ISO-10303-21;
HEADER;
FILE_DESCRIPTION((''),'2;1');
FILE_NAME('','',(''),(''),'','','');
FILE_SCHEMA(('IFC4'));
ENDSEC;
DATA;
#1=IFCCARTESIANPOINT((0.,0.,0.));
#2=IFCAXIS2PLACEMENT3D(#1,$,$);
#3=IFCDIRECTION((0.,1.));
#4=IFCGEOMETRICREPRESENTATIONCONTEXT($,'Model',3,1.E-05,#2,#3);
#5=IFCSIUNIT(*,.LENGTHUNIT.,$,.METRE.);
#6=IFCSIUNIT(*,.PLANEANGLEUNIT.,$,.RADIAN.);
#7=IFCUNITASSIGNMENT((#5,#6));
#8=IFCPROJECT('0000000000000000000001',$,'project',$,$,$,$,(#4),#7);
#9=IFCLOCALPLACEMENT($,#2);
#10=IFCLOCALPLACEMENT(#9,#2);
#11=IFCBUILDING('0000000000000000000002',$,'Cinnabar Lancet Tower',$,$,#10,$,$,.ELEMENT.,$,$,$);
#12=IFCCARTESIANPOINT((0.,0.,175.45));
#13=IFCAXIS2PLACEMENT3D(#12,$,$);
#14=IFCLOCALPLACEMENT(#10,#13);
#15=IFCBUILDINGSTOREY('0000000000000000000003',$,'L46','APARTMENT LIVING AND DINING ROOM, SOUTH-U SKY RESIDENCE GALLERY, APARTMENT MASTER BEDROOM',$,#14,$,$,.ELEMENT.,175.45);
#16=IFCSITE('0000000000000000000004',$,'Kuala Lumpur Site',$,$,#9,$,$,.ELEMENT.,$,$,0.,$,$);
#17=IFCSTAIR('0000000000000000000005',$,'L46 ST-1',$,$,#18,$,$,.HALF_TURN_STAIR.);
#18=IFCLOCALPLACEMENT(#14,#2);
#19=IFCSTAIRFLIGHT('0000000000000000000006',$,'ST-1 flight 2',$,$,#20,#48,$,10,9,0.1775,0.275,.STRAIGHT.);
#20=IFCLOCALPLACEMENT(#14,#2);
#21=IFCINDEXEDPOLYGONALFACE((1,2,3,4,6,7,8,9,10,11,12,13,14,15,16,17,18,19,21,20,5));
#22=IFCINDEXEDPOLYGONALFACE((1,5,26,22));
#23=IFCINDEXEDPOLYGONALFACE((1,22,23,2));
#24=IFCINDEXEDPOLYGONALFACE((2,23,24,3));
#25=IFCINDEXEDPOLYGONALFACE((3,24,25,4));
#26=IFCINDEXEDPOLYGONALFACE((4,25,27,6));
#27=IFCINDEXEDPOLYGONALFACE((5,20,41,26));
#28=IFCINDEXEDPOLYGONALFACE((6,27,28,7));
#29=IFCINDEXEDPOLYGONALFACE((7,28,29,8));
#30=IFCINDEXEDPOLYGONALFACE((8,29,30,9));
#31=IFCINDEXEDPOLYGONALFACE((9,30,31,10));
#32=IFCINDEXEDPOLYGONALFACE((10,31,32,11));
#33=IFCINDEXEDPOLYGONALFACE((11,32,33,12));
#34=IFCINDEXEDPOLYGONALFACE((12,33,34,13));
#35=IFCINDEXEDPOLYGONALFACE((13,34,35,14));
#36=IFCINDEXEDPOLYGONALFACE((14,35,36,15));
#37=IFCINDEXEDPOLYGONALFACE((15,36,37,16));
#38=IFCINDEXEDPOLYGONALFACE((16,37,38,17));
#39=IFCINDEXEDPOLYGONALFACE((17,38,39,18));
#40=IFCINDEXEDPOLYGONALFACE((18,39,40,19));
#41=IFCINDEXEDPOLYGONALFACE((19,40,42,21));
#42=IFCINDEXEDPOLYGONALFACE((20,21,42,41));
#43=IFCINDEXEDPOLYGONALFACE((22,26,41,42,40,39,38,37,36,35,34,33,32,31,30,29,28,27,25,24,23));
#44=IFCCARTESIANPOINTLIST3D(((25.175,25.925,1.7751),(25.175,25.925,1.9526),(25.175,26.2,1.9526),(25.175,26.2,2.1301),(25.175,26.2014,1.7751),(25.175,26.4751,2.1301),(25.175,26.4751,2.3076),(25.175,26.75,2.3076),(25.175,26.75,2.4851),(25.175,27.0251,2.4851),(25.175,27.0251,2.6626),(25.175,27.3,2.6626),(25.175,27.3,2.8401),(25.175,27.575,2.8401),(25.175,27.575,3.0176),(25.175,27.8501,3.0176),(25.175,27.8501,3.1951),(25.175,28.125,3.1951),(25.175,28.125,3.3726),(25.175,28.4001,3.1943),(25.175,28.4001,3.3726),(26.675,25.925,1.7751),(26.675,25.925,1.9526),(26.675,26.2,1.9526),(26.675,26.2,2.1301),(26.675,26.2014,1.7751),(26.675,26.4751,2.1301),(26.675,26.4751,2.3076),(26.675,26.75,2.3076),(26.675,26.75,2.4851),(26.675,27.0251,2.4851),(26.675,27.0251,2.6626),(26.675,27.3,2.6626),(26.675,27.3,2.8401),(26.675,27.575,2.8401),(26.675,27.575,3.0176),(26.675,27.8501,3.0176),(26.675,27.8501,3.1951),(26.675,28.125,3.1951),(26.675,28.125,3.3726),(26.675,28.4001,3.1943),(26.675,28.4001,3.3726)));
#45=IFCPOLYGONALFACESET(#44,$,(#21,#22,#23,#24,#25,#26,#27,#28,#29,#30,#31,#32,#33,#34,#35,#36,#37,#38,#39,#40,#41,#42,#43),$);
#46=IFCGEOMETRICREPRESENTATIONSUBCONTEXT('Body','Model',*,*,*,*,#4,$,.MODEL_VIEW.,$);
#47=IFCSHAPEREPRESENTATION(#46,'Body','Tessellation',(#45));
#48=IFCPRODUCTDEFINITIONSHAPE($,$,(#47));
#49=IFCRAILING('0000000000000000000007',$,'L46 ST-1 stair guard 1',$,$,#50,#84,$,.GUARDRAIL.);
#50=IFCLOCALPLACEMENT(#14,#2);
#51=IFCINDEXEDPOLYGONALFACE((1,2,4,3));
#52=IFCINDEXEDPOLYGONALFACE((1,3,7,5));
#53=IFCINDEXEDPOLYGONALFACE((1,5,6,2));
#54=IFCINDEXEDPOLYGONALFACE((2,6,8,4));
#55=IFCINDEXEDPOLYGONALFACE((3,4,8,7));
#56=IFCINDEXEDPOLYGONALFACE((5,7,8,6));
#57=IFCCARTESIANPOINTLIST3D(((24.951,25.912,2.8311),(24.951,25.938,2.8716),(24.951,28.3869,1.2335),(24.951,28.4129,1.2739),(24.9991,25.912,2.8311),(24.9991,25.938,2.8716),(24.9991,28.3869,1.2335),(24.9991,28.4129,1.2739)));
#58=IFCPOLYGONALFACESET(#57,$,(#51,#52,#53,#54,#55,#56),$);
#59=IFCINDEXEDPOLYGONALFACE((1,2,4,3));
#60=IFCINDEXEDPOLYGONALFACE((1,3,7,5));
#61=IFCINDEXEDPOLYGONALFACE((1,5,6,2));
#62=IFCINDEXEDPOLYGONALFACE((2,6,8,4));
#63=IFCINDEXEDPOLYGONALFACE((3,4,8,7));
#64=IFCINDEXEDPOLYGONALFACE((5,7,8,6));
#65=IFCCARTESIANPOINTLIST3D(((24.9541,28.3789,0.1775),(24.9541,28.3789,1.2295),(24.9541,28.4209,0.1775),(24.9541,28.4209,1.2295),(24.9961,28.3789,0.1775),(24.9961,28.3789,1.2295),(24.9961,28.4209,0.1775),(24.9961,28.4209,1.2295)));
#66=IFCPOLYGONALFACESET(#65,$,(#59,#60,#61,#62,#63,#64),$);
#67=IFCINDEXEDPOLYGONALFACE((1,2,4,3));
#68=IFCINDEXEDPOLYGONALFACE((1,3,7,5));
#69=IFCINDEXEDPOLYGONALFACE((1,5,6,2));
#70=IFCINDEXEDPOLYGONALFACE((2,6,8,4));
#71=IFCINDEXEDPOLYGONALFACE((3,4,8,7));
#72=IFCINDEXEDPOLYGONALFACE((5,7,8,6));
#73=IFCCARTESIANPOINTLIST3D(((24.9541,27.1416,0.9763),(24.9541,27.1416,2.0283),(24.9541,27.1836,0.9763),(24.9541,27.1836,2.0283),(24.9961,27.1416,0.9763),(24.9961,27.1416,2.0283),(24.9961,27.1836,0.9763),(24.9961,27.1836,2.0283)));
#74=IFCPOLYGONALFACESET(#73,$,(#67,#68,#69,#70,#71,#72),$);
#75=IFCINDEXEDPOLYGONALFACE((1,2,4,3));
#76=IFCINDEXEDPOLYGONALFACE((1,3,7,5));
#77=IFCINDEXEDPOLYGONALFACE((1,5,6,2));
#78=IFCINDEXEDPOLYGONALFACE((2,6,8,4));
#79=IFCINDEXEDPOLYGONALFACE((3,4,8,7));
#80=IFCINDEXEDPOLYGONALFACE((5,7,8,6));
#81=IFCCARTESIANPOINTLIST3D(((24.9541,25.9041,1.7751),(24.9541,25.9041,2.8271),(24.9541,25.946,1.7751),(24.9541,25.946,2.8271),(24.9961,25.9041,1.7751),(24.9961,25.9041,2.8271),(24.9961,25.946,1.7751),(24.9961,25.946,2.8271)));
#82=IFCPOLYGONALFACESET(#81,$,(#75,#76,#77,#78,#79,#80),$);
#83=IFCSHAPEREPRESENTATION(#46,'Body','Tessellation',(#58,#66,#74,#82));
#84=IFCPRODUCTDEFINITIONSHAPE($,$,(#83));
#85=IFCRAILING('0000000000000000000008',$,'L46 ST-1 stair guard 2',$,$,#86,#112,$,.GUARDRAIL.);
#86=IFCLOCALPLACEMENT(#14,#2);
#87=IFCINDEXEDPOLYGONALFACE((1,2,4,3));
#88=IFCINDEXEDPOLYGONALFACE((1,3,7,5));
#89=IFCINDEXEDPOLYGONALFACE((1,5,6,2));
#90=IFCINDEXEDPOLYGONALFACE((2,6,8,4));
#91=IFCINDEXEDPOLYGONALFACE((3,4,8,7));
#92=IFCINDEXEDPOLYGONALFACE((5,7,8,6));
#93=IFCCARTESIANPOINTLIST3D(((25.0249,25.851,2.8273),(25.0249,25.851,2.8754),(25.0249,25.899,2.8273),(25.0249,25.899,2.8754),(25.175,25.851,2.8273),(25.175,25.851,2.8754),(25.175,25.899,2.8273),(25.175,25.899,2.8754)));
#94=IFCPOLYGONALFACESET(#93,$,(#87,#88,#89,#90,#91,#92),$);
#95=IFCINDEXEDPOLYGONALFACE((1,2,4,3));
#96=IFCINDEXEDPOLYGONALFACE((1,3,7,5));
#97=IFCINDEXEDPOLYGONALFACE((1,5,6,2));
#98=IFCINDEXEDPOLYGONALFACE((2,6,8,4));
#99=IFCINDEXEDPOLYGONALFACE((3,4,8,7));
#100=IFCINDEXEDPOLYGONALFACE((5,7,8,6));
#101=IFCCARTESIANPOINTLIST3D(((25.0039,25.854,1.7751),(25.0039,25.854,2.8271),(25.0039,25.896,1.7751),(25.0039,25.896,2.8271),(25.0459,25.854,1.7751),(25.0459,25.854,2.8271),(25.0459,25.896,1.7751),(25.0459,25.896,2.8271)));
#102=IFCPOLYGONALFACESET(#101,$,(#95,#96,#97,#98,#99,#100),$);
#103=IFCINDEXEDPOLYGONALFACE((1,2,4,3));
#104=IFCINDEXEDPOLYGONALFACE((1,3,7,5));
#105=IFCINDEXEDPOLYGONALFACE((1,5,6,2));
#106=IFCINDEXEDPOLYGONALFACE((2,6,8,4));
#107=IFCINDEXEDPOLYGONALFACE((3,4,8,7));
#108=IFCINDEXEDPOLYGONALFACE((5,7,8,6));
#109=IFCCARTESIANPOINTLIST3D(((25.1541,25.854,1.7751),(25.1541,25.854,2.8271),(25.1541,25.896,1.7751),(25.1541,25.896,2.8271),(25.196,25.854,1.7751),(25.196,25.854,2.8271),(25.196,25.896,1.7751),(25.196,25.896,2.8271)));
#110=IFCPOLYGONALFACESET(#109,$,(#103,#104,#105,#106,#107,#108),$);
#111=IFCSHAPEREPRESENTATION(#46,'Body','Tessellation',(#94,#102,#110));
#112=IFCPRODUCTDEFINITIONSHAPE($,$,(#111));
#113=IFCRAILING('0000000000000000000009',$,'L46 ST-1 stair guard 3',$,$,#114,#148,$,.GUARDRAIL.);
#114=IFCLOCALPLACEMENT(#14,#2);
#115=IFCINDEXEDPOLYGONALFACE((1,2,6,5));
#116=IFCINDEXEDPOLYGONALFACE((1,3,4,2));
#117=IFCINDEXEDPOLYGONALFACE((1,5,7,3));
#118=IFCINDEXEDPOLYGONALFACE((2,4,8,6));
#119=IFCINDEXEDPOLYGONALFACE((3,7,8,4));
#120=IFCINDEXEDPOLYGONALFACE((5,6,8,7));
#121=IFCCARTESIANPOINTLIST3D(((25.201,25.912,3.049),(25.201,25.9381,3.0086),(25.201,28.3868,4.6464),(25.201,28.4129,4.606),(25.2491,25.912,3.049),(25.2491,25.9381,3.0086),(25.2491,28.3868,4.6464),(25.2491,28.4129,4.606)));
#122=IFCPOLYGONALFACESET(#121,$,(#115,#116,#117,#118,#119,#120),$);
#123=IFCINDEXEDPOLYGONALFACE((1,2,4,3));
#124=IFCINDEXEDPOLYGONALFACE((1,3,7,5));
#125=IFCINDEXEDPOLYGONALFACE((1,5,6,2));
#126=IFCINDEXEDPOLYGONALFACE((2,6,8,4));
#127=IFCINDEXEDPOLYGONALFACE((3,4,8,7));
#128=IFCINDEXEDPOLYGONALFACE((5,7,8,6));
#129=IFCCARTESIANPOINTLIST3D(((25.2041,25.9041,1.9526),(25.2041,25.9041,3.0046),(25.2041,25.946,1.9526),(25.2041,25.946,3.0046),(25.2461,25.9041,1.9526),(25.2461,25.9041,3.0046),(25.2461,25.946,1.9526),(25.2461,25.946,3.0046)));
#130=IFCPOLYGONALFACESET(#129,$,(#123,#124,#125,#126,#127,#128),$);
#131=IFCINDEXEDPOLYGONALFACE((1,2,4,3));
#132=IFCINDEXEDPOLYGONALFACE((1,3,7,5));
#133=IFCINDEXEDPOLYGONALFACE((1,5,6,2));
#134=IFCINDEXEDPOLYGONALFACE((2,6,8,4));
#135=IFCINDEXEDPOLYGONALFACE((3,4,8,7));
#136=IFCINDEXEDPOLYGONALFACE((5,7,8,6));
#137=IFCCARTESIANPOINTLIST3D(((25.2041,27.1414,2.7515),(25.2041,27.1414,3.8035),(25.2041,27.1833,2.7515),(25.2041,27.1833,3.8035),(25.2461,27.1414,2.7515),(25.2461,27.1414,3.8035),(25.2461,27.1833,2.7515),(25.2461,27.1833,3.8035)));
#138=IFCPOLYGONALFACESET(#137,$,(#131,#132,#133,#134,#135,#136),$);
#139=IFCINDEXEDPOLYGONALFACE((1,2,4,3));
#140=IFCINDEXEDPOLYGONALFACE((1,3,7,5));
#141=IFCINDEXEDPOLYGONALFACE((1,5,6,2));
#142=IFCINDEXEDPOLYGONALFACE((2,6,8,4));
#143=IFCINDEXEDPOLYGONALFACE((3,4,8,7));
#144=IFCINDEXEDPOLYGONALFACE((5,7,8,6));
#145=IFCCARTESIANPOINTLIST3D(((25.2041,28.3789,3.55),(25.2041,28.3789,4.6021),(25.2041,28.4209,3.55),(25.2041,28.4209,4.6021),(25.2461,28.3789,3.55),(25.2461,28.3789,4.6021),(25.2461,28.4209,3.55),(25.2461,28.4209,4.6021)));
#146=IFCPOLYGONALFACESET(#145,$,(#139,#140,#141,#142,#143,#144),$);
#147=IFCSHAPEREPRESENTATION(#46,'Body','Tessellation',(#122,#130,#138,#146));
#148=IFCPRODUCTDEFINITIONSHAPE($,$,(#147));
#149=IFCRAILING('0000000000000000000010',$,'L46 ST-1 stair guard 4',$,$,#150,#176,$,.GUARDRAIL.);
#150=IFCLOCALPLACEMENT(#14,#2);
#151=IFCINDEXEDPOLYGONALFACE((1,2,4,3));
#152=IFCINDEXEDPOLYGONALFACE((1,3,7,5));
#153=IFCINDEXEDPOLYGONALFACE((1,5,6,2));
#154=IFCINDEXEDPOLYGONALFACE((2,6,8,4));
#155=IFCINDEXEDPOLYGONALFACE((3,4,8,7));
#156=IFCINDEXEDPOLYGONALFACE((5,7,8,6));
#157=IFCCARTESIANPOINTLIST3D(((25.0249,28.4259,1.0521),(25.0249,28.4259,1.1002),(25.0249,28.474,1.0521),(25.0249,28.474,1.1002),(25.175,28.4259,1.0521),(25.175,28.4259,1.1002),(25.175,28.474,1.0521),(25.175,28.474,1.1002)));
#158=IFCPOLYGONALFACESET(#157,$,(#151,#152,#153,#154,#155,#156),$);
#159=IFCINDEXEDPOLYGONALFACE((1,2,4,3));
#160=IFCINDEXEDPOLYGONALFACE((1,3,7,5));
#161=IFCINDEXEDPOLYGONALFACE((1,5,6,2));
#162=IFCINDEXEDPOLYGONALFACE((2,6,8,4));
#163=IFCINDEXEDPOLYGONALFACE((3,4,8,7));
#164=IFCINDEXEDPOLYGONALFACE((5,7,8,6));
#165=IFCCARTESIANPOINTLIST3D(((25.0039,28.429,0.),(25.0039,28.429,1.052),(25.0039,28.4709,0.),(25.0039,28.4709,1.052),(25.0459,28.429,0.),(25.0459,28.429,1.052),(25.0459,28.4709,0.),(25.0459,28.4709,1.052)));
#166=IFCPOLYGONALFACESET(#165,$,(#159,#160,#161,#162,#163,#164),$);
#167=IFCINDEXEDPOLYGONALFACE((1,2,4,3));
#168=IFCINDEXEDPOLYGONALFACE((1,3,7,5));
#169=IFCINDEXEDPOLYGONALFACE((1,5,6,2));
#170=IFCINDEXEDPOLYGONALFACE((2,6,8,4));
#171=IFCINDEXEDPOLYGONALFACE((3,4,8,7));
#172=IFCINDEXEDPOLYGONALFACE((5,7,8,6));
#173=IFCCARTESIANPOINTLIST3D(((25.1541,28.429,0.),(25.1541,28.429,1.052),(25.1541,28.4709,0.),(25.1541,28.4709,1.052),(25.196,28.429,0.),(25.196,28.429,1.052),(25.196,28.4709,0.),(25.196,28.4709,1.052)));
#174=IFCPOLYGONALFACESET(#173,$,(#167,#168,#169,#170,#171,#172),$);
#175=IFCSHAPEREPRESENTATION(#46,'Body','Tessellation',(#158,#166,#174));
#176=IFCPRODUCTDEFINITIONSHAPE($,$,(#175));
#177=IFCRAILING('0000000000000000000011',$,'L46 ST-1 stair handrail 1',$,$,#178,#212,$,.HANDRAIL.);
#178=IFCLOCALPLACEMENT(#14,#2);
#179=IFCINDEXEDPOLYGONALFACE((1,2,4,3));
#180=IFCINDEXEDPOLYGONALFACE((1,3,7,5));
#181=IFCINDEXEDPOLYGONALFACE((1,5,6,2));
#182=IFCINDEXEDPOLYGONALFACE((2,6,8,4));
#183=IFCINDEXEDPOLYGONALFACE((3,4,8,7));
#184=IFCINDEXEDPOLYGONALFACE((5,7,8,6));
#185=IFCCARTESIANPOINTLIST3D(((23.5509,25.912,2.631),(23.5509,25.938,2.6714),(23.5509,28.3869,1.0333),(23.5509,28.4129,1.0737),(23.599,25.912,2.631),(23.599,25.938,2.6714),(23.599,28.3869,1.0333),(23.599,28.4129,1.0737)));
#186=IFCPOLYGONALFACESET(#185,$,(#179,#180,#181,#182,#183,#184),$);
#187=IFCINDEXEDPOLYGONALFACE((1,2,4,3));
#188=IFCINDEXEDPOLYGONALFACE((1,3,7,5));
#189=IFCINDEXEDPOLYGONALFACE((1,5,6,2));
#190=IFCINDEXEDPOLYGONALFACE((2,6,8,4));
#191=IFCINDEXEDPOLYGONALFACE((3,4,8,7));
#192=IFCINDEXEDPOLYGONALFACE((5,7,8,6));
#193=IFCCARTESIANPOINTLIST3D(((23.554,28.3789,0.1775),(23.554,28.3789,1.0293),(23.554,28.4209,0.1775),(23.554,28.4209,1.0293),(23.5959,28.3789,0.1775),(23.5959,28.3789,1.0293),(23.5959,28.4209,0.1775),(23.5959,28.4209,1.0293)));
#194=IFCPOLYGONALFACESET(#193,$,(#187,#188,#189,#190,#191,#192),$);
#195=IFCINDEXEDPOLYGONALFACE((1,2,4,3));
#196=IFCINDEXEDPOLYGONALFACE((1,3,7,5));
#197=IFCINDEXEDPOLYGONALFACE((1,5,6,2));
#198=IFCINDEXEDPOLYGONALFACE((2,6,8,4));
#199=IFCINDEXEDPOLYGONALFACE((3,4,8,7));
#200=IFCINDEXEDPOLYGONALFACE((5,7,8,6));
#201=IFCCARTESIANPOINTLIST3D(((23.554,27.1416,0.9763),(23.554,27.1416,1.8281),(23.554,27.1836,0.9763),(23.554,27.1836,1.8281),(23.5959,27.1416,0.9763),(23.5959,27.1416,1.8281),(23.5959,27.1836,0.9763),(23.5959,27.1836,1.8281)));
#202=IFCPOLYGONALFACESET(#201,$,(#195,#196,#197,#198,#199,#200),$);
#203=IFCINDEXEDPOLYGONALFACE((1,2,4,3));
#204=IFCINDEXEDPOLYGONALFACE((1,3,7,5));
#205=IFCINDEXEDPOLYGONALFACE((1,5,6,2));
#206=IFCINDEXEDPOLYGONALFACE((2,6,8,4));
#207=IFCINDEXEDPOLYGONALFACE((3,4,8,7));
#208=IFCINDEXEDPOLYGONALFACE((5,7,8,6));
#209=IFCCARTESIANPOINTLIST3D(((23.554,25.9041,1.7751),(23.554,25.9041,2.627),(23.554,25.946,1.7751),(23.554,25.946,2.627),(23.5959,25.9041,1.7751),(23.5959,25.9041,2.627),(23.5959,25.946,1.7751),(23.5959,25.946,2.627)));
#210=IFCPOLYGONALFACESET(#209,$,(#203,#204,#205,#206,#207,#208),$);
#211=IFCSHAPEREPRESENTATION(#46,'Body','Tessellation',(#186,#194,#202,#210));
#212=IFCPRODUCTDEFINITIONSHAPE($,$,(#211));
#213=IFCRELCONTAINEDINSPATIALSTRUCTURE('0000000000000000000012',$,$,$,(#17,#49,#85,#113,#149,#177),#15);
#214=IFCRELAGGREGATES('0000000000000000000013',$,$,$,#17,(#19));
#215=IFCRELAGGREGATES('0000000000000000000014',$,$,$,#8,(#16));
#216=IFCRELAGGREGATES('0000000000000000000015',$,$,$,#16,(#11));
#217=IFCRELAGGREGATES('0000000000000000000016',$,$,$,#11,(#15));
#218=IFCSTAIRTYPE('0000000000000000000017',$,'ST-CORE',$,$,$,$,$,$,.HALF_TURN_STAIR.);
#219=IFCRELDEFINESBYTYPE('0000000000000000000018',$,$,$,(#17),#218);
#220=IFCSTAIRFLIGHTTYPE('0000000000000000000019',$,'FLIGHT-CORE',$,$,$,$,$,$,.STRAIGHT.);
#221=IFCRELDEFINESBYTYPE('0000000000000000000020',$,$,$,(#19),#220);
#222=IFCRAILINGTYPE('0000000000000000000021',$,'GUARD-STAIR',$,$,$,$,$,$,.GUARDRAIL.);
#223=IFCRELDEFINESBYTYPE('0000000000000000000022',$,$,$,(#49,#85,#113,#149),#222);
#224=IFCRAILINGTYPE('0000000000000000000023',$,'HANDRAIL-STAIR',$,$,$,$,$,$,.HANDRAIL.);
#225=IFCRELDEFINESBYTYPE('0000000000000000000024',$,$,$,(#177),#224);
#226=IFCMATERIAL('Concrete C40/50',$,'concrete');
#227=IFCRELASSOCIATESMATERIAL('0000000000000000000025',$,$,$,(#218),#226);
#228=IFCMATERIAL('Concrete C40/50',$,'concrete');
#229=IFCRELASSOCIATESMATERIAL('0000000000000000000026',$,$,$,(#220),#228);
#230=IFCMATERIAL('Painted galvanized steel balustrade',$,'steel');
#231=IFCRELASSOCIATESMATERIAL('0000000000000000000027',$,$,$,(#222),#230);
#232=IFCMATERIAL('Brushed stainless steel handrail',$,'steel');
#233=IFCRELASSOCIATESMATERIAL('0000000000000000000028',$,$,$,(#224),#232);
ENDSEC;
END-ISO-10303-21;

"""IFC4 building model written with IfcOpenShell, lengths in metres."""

from ifc_helpers import new_model, si_unit, direction, frame, origin, origin_2d, place, context, subcontext, project, spatial, polyline, rectangle, outline, extrude, material, type_object, element, aggregate, save


model = new_model("IFC4")

# Units and contexts
model_context = context("Model", 3, precision=1e-05, world=origin(), true_north=direction((0.0, 1.0)))
body_context = subcontext(model_context, "Body", "Model", "MODEL_VIEW")
ifc_project = project(units=[si_unit("LENGTHUNIT", "METRE"), si_unit("PLANEANGLEUNIT", "RADIAN")], contexts=[model_context])

# Site, building, storey
site_placement = place(None, origin())
site = spatial("IfcSite", under=ifc_project, at=site_placement, Name="Kuala Lumpur Site", CompositionType="ELEMENT", RefElevation=0.0)
building_placement = place(site_placement, origin())
building = spatial("IfcBuilding", under=site, at=building_placement, Name="Cinnabar Lancet Tower", CompositionType="ELEMENT")
storey_placement = place(building_placement, frame((0.0, 0.0, 175.45)))
storey = spatial("IfcBuildingStorey", under=building, at=storey_placement, Name="L46", Description="APARTMENT LIVING AND DINING ROOM, SOUTH-U SKY RESIDENCE GALLERY, APARTMENT MASTER BEDROOM", CompositionType="ELEMENT", Elevation=175.45)

# Stair, stair flight
ifc_material_1 = material(Name="Concrete C40/50", Category="concrete")
stair_type = type_object("IfcStairType", Name="ST-CORE", PredefinedType="HALF_TURN_STAIR", material=ifc_material_1)
stair_placement = place(storey_placement, origin())
stair = element("IfcStair", 1, at=stair_placement, inside=storey, type_object=stair_type, Name="L46 ST-1", PredefinedType="HALF_TURN_STAIR")
ifc_material_2 = material(Name="Concrete C40/50", Category="concrete")
stair_flight_type = type_object("IfcStairFlightType", Name="FLIGHT-CORE", PredefinedType="STRAIGHT", material=ifc_material_2)
stair_flight_1_placement = place(storey_placement, frame((25.925, 25.925, 1.7751), z_axis=(0.0, 0.0, 1.0), x_axis=(0.0, 1.0, 0.0)))
stair_flight_1 = element("IfcStairFlight", 2, at=stair_flight_1_placement, type_object=stair_flight_type, Name="ST-1 flight 2", NumberOfRisers=10, NumberOfTreads=9, PredefinedType="STRAIGHT", RiserHeight=0.1775, TreadLength=0.275, context=body_context, shape_type="SweptSolid", body=[
    extrude(outline(polyline([(0.0, 0.0), (0.0, 0.1775), (0.2749, 0.1775), (0.2749, 0.355), (0.55, 0.355), (0.55, 0.5325), (0.825, 0.5325), (0.825, 0.71), (1.1001, 0.71), (1.1001, 0.8875), (1.375, 0.8875), (1.375, 1.0649), (1.6499, 1.0649), (1.6499, 1.2424), (1.925, 1.2424), (1.925, 1.4199), (2.2, 1.4199), (2.2, 1.5974), (2.4751, 1.5974), (2.4751, 1.7749), (2.4751, 1.4192), (0.2764, 0.0), (0.0, 0.0)])), frame((0.0, 0.75, 0.0), z_axis=(0.0, -1.0, 0.0), x_axis=(1.0, 0.0, 0.0)), (0.0, 0.0, 1.0), 1.5),
])
aggregate(stair, [stair_flight_1])

# Railings
ifc_material_3 = material(Name="Painted galvanized steel balustrade", Category="steel")
railing_type_1 = type_object("IfcRailingType", Name="GUARD-STAIR", PredefinedType="GUARDRAIL", material=ifc_material_3)
railing_1_placement = place(storey_placement, frame((24.9751, 28.3999, 0.1775)))
element("IfcRailing", 3, at=railing_1_placement, inside=storey, type_object=railing_type_1, Name="L46 ST-1 stair guard 1", PredefinedType="GUARDRAIL", context=body_context, shape_type="SweptSolid", body=[
    extrude(rectangle(XDim=0.0481, YDim=0.0481, at=origin_2d()), frame((0.0, 0.0, 1.0762), z_axis=(0.0, -0.840146, 0.542361), x_axis=(1.0, 0.0, 0.0)), (0.0, 0.0, 1.0), 2.9458),
    extrude(rectangle(XDim=0.042, YDim=0.042, at=origin_2d()), origin(), (0.0, 0.0, 1.0), 1.052),
    extrude(rectangle(XDim=0.042, YDim=0.042, at=origin_2d()), frame((0.0, -1.2373, 0.7988)), (0.0, 0.0, 1.0), 1.052),
    extrude(rectangle(XDim=0.042, YDim=0.042, at=origin_2d()), frame((0.0, -2.4749, 1.5977)), (0.0, 0.0, 1.0), 1.052),
])
railing_2_placement = place(storey_placement, frame((25.0249, 25.875, 1.7751)))
element("IfcRailing", 4, at=railing_2_placement, inside=storey, type_object=railing_type_1, Name="L46 ST-1 stair guard 2", PredefinedType="GUARDRAIL", context=body_context, shape_type="SweptSolid", body=[
    extrude(rectangle(XDim=0.0481, YDim=0.0481, at=origin_2d()), frame((0.0, 0.0, 1.0762), z_axis=(1.0, 0.0, 0.0), x_axis=(0.0, 1.0, 0.0)), (0.0, 0.0, 1.0), 0.1501),
    extrude(rectangle(XDim=0.042, YDim=0.042, at=origin_2d()), origin(), (0.0, 0.0, 1.0), 1.052),
    extrude(rectangle(XDim=0.042, YDim=0.042, at=origin_2d()), frame((0.1501, 0.0, 0.0)), (0.0, 0.0, 1.0), 1.052),
])
railing_3_placement = place(storey_placement, frame((25.2251, 25.925, 1.9526)))
element("IfcRailing", 5, at=railing_3_placement, inside=storey, type_object=railing_type_1, Name="L46 ST-1 stair guard 3", PredefinedType="GUARDRAIL", context=body_context, shape_type="SweptSolid", body=[
    extrude(rectangle(XDim=0.0481, YDim=0.0481, at=origin_2d()), frame((0.0, 0.0, 1.0762), z_axis=(0.0, 0.840183, 0.542302), x_axis=(-1.0, 0.0, 0.0)), (0.0, 0.0, 1.0), 2.9456),
    extrude(rectangle(XDim=0.042, YDim=0.042, at=origin_2d()), origin(), (0.0, 0.0, 1.0), 1.052),
    extrude(rectangle(XDim=0.042, YDim=0.042, at=origin_2d()), frame((0.0, 1.2373, 0.7988)), (0.0, 0.0, 1.0), 1.052),
    extrude(rectangle(XDim=0.042, YDim=0.042, at=origin_2d()), frame((0.0, 2.4749, 1.5974)), (0.0, 0.0, 1.0), 1.052),
])
railing_4_placement = place(storey_placement, frame((25.0249, 28.45, 0.0)))
element("IfcRailing", 6, at=railing_4_placement, inside=storey, type_object=railing_type_1, Name="L46 ST-1 stair guard 4", PredefinedType="GUARDRAIL", context=body_context, shape_type="SweptSolid", body=[
    extrude(rectangle(XDim=0.0481, YDim=0.0481, at=origin_2d()), frame((0.0, 0.0, 1.0762), z_axis=(1.0, 0.0, 0.0), x_axis=(0.0, 1.0, 0.0)), (0.0, 0.0, 1.0), 0.1501),
    extrude(rectangle(XDim=0.042, YDim=0.042, at=origin_2d()), origin(), (0.0, 0.0, 1.0), 1.052),
    extrude(rectangle(XDim=0.042, YDim=0.042, at=origin_2d()), frame((0.1501, 0.0, 0.0)), (0.0, 0.0, 1.0), 1.052),
])
ifc_material_4 = material(Name="Brushed stainless steel handrail", Category="steel")
railing_type_2 = type_object("IfcRailingType", Name="HANDRAIL-STAIR", PredefinedType="HANDRAIL", material=ifc_material_4)
railing_5_placement = place(storey_placement, frame((23.575, 28.3999, 0.1775)))
element("IfcRailing", 7, at=railing_5_placement, inside=storey, type_object=railing_type_2, Name="L46 ST-1 stair handrail 1", PredefinedType="HANDRAIL", context=body_context, shape_type="SweptSolid", body=[
    extrude(rectangle(XDim=0.0481, YDim=0.0481, at=origin_2d()), frame((0.0, 0.0, 0.876), z_axis=(0.0, -0.840146, 0.542361), x_axis=(1.0, 0.0, 0.0)), (0.0, 0.0, 1.0), 2.9458),
    extrude(rectangle(XDim=0.042, YDim=0.042, at=origin_2d()), origin(), (0.0, 0.0, 1.0), 0.8518),
    extrude(rectangle(XDim=0.042, YDim=0.042, at=origin_2d()), frame((0.0, -1.2373, 0.7988)), (0.0, 0.0, 1.0), 0.8518),
    extrude(rectangle(XDim=0.042, YDim=0.042, at=origin_2d()), frame((0.0, -2.4749, 1.5977)), (0.0, 0.0, 1.0), 0.8518),
])

save(model, "model.ifc")
